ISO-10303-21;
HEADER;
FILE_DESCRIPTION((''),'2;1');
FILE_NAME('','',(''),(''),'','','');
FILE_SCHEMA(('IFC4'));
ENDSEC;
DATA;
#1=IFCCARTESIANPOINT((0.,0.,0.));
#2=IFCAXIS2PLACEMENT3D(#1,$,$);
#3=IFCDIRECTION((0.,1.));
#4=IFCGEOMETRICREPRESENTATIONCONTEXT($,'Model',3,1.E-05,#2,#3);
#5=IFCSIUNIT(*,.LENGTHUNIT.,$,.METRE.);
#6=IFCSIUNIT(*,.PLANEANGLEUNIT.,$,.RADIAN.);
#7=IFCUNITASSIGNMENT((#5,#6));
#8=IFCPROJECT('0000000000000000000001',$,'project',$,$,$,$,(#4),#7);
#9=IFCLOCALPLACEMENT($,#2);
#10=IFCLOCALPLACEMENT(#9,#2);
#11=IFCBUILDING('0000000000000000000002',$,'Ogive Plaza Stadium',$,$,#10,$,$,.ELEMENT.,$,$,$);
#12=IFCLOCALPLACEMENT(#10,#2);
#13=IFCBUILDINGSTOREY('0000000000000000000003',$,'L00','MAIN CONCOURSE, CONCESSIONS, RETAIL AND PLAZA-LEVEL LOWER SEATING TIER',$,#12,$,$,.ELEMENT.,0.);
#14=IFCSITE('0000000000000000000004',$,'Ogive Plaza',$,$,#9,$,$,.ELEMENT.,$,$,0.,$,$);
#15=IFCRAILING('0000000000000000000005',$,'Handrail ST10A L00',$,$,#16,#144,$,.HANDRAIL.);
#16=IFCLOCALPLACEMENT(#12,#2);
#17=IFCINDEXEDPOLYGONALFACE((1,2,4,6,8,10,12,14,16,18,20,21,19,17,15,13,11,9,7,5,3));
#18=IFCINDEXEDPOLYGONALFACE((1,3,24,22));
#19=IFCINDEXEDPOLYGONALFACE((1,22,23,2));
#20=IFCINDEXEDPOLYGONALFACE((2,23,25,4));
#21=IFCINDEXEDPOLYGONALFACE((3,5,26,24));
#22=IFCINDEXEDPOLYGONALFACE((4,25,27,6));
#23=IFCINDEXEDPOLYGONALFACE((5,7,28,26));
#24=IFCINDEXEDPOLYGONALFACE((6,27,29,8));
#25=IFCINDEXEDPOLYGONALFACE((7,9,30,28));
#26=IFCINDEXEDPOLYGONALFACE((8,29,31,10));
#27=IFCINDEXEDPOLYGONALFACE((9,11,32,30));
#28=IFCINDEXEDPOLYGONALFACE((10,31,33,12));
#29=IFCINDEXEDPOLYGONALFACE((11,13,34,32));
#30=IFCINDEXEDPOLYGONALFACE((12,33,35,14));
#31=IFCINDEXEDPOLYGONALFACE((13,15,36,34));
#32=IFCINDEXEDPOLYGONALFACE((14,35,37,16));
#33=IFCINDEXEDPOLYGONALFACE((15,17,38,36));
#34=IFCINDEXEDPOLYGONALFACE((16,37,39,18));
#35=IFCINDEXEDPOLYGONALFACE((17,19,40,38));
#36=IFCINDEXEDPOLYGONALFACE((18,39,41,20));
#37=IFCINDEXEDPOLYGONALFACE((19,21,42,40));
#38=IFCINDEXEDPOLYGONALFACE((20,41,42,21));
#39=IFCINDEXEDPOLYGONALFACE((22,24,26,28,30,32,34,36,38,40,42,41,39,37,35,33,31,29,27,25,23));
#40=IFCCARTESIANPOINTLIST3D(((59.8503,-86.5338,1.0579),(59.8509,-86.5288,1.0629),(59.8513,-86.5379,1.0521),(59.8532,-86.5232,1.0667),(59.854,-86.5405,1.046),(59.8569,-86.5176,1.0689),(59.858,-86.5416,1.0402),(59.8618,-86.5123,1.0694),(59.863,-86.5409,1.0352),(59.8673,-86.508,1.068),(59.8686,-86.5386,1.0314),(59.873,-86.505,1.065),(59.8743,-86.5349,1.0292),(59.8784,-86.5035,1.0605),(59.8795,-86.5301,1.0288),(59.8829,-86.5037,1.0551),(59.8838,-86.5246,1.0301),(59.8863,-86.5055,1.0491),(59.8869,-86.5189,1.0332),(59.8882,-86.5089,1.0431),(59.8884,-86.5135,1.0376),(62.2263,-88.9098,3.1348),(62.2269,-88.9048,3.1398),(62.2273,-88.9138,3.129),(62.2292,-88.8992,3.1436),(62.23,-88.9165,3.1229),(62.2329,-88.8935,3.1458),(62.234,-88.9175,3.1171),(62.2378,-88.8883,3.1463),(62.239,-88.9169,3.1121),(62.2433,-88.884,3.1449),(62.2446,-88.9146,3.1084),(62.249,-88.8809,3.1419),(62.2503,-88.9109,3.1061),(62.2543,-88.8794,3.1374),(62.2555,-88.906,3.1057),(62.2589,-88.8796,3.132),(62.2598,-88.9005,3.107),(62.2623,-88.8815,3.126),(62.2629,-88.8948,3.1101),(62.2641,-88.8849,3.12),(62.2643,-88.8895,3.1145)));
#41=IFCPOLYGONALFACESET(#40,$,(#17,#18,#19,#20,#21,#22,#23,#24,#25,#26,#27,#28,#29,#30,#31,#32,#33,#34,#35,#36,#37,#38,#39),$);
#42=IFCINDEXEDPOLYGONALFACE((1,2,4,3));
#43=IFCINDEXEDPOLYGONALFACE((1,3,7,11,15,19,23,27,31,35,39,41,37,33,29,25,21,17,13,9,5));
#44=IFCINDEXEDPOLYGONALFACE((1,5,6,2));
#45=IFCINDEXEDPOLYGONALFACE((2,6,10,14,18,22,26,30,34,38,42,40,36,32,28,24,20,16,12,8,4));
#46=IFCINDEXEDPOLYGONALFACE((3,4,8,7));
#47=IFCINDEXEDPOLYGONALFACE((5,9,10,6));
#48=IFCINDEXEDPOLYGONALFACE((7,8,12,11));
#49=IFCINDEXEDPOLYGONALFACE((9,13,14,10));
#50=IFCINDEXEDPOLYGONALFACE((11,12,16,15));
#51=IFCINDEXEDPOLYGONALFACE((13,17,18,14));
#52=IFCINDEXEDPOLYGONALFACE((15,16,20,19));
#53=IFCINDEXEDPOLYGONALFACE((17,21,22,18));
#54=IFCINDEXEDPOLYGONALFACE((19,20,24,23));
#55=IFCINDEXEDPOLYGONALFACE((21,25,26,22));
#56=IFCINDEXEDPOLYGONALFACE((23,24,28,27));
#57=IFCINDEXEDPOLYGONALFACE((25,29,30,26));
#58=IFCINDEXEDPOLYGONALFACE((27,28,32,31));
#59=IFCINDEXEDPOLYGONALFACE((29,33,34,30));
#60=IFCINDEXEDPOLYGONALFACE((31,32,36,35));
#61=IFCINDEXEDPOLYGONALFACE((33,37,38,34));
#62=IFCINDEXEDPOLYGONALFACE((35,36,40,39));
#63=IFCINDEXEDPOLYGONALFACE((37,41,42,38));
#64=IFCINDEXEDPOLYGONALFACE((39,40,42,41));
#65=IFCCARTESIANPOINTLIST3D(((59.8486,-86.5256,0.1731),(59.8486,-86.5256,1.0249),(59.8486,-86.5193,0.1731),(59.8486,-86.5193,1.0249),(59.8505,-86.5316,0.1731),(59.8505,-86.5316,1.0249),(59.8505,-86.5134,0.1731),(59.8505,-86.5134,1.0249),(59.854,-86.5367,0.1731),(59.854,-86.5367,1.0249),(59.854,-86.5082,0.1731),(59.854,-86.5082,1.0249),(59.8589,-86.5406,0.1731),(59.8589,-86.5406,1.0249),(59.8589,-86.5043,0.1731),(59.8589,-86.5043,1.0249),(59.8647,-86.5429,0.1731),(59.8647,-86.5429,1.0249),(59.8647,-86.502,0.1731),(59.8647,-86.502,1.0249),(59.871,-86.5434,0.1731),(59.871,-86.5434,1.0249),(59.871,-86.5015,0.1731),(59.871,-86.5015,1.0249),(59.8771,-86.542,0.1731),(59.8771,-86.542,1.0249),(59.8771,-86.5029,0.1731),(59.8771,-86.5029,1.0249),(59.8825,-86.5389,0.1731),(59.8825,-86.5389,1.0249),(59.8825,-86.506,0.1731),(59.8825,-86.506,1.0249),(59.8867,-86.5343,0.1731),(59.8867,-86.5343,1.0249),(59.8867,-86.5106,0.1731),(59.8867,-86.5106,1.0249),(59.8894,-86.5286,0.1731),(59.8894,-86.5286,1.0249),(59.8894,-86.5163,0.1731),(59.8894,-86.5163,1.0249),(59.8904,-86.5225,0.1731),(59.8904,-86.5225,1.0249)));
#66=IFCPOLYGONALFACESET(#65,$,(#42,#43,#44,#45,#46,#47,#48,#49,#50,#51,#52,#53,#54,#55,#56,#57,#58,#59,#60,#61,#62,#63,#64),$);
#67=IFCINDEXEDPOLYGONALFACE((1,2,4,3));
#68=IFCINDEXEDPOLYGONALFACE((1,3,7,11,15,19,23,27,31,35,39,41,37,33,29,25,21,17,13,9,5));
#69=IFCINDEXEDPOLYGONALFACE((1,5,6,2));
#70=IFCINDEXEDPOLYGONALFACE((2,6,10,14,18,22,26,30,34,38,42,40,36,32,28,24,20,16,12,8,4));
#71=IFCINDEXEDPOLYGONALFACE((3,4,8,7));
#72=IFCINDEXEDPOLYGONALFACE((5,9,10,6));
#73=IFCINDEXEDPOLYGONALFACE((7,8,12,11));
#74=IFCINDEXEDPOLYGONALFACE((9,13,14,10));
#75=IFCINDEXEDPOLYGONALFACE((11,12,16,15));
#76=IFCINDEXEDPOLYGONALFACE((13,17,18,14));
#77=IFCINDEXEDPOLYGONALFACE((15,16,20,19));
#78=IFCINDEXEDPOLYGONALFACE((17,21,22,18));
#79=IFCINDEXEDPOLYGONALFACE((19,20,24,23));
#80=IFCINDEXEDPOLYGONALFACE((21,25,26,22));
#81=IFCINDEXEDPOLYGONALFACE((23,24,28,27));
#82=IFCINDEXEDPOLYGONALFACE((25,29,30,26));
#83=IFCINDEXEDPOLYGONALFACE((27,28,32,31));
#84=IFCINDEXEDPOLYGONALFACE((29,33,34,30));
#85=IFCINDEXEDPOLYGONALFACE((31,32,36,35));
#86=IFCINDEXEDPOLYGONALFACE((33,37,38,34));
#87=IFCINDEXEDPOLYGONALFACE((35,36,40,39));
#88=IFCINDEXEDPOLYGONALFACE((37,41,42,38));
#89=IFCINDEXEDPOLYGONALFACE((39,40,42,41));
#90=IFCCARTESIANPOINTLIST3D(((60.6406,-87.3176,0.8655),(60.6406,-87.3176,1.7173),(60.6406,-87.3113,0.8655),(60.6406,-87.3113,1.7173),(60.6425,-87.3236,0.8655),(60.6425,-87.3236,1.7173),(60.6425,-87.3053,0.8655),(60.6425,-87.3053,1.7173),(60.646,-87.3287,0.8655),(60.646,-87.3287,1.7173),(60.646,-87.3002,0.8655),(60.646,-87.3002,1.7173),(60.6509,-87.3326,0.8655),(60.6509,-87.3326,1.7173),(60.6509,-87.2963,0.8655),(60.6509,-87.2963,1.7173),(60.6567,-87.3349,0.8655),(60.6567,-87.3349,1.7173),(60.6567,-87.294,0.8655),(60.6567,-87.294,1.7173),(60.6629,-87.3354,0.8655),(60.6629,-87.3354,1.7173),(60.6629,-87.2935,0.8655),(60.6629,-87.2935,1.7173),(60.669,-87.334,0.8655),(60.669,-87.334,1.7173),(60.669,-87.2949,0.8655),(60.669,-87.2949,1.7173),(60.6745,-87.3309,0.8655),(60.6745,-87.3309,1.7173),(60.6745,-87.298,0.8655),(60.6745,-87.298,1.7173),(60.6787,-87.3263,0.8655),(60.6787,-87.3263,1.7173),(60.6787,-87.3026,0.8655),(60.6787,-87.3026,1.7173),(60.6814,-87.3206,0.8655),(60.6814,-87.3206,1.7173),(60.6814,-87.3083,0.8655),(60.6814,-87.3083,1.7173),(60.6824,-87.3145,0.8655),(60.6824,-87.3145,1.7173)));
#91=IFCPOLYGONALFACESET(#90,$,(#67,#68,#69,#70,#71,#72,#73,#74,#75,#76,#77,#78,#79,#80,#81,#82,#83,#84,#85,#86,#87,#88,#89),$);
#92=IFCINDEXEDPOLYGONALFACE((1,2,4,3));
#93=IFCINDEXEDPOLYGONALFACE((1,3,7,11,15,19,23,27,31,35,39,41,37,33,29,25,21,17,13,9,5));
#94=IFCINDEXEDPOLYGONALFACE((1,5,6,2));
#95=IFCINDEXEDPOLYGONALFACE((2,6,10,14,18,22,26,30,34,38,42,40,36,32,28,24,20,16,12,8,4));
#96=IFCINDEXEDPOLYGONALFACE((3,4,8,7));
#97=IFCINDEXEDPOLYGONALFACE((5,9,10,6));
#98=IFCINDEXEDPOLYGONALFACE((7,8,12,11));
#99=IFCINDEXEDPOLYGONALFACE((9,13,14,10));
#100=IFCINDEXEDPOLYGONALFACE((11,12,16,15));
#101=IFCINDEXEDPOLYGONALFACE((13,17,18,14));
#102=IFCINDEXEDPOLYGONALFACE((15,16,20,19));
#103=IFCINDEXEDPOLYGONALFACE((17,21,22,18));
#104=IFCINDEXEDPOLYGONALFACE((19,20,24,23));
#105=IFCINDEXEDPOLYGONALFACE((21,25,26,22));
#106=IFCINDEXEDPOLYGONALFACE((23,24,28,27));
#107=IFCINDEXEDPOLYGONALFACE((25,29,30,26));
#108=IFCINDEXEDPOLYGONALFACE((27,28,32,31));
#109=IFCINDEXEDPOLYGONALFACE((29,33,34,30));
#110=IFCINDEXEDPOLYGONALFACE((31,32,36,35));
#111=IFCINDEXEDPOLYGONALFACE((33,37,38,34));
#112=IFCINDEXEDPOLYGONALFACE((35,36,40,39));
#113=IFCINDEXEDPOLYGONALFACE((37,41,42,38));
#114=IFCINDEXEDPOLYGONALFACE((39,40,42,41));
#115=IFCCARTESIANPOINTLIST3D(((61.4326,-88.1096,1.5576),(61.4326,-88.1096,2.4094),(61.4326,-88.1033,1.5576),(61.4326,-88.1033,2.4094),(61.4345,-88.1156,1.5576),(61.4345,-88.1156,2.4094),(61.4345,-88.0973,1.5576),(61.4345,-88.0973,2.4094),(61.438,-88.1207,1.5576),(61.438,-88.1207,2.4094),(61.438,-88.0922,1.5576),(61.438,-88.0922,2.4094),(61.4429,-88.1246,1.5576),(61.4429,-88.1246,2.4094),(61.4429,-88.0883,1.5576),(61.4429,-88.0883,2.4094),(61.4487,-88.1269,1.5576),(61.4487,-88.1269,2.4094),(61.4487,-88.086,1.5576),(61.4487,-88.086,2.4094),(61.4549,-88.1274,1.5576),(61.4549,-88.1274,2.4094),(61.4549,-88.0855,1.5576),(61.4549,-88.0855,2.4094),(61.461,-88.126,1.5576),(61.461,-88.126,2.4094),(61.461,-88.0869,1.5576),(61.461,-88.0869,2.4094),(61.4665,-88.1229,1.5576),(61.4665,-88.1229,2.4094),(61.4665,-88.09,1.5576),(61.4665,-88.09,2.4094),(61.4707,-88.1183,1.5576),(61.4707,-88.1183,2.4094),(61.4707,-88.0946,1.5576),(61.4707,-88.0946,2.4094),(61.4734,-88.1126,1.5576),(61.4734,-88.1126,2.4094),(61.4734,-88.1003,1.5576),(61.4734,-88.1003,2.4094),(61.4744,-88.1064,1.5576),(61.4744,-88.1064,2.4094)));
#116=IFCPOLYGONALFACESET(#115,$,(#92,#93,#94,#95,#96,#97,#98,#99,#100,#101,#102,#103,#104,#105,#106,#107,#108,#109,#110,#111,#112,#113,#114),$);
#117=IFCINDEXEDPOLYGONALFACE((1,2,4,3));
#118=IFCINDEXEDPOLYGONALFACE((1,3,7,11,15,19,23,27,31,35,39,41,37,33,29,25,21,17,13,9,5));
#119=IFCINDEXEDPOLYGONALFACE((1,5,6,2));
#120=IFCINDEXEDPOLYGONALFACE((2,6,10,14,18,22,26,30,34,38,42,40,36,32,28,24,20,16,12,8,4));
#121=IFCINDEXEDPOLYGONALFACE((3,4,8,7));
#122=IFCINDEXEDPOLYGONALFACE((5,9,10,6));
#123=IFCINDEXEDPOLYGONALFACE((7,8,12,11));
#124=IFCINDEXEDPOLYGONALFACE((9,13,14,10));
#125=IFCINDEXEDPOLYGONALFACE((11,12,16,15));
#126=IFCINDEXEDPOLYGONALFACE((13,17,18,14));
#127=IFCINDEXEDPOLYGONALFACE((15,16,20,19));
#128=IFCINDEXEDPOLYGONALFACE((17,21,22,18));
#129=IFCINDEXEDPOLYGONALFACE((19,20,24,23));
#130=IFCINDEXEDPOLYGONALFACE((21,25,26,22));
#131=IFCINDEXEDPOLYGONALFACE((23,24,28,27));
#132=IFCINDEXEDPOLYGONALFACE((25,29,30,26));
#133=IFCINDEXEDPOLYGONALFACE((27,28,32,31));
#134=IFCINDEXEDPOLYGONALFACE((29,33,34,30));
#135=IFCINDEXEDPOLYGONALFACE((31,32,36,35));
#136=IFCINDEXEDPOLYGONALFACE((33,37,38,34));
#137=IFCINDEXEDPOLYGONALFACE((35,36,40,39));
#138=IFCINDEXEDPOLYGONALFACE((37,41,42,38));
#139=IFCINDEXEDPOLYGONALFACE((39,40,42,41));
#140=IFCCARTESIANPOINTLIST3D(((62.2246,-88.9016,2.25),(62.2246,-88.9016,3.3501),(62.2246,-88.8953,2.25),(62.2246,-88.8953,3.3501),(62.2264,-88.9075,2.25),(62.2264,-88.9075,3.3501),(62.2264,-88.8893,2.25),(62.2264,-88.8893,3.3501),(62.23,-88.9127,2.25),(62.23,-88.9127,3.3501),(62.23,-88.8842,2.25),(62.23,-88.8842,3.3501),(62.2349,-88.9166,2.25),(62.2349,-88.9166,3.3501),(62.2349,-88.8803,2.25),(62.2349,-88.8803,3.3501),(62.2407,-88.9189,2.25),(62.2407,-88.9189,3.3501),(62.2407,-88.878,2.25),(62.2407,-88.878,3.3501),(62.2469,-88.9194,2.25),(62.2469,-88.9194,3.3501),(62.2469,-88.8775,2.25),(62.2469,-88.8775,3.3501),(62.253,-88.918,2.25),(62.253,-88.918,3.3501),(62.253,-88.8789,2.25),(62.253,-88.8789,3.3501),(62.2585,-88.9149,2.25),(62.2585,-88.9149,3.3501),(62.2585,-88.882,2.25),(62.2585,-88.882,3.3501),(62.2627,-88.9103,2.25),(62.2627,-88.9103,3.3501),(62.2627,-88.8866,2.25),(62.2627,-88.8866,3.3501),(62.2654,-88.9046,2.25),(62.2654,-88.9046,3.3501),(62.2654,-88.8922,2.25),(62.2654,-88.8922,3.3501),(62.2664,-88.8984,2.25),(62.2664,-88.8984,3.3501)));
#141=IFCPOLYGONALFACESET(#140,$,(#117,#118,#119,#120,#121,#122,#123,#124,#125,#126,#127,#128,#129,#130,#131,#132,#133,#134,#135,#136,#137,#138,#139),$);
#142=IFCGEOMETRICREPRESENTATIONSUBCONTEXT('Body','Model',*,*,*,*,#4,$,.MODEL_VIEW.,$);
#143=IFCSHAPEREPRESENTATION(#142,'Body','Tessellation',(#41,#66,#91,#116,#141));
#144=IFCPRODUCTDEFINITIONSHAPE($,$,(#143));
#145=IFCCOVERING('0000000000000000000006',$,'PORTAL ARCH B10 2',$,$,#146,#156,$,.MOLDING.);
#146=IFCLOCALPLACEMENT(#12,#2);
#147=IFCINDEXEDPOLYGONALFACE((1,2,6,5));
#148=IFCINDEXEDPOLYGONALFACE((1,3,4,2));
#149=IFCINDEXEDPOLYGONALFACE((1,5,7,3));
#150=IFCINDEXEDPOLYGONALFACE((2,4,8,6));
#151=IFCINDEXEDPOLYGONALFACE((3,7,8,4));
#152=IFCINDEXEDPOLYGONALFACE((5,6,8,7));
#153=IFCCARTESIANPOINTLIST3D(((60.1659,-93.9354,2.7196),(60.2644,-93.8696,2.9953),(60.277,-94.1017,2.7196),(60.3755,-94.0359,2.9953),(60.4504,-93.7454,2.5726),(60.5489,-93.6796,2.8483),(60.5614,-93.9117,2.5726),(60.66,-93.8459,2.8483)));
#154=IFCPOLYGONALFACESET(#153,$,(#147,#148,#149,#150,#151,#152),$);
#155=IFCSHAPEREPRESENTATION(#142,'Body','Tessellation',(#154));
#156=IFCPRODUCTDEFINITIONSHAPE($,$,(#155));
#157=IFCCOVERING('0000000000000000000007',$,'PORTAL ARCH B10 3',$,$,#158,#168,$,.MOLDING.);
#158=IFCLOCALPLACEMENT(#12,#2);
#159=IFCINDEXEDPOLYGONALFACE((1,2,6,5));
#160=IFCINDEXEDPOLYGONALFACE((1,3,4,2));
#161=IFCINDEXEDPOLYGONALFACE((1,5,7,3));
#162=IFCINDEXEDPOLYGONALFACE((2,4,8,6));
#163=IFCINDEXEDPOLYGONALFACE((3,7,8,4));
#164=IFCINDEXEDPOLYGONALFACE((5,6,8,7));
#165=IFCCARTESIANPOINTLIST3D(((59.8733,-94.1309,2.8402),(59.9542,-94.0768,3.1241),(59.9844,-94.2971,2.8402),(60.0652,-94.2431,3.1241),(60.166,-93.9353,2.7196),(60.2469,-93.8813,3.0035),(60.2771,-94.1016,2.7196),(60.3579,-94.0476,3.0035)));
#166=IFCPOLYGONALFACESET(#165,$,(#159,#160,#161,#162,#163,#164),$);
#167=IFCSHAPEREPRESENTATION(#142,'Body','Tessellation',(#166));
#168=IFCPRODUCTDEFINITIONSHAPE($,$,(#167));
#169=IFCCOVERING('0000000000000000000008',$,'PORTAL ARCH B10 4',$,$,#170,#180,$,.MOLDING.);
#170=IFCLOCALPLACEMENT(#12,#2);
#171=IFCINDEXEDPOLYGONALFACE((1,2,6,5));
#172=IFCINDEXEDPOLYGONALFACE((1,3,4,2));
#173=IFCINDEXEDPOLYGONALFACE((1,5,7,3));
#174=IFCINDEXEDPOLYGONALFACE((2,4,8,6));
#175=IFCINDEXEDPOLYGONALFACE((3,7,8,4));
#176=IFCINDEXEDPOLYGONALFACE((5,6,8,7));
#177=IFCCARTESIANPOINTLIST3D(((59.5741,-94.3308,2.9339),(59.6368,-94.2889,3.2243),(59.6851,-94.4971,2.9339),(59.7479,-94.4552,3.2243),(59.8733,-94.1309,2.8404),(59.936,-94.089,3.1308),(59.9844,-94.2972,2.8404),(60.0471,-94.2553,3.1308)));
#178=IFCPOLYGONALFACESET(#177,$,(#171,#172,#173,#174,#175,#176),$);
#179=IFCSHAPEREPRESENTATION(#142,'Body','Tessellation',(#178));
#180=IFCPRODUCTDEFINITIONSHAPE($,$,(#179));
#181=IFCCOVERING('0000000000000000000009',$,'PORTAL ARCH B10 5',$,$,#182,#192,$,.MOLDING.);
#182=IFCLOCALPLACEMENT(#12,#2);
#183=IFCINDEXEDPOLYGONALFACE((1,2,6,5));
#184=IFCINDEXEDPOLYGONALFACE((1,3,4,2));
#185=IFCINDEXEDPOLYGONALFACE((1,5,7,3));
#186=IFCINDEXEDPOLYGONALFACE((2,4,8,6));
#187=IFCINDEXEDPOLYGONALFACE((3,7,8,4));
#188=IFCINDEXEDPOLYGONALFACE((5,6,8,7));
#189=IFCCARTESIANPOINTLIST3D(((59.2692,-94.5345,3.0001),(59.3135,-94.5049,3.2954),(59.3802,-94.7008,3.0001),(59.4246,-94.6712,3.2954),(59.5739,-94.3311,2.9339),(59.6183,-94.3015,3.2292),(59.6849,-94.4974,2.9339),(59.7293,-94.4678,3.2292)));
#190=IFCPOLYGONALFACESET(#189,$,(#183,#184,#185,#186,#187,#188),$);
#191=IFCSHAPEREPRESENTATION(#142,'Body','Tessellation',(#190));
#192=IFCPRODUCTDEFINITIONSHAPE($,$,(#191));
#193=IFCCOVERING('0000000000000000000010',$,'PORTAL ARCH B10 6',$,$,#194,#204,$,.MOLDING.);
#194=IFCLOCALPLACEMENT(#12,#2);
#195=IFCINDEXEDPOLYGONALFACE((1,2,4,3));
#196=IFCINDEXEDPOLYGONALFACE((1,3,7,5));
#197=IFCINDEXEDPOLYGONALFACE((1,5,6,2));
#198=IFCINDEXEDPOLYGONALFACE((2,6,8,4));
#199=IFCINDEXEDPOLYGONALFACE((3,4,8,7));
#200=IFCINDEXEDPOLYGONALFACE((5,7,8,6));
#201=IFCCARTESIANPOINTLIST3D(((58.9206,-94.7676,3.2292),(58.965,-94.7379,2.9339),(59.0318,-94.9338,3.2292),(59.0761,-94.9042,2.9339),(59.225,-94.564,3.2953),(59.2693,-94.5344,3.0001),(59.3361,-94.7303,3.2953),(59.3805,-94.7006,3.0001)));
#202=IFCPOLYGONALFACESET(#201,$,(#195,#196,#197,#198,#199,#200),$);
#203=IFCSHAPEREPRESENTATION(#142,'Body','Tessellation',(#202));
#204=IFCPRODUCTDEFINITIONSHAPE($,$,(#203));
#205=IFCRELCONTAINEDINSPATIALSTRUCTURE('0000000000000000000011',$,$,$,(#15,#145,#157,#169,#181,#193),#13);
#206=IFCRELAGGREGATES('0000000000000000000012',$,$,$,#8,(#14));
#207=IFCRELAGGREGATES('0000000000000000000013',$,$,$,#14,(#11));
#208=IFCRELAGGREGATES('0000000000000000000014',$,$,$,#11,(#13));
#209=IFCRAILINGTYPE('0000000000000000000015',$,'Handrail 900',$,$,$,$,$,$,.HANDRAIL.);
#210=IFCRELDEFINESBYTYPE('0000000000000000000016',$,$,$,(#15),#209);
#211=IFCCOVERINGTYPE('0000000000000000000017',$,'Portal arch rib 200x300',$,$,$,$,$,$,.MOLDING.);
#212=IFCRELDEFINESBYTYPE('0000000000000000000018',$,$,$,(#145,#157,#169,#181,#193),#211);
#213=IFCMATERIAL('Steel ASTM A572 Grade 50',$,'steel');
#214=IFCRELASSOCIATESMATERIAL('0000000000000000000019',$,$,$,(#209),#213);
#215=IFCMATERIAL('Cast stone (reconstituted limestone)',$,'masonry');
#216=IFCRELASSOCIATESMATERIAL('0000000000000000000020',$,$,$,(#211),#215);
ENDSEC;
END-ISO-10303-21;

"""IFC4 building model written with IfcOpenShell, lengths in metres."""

from ifc_helpers import new_model, si_unit, direction, frame, origin, origin_2d, place, context, subcontext, project, spatial, rectangle, circle, extrude, material, material_profile, profile_set, type_object, element, save


model = new_model("IFC4")

# Units and contexts
model_context = context("Model", 3, precision=1e-05, world=origin(), true_north=direction((0.0, 1.0)))
body_context = subcontext(model_context, "Body", "Model", "MODEL_VIEW")
ifc_project = project(units=[si_unit("LENGTHUNIT", "METRE"), si_unit("PLANEANGLEUNIT", "RADIAN")], contexts=[model_context])

# Site, building, storey
site_placement = place(None, origin())
site = spatial("IfcSite", under=ifc_project, at=site_placement, Name="Ogive Plaza", CompositionType="ELEMENT", RefElevation=0.0)
building_placement = place(site_placement, origin())
building = spatial("IfcBuilding", under=site, at=building_placement, Name="Ogive Plaza Stadium", CompositionType="ELEMENT")
storey_placement = place(building_placement, origin())
storey = spatial("IfcBuildingStorey", under=building, at=storey_placement, Name="L00", Description="MAIN CONCOURSE, CONCESSIONS, RETAIL AND PLAZA-LEVEL LOWER SEATING TIER", CompositionType="ELEMENT", Elevation=0.0)

# Railing
ifc_material_1 = material(Name="Steel ASTM A572 Grade 50", Category="steel")
railing_type = type_object("IfcRailingType", Name="Handrail 900", PredefinedType="HANDRAIL", material=ifc_material_1)
railing_placement = place(storey_placement, frame((59.8694, -86.5225, 0.1731)))
element("IfcRailing", 1, at=railing_placement, inside=storey, type_object=railing_type, Name="Handrail ST10A L00", PredefinedType="HANDRAIL", context=body_context, shape_type="SweptSolid", body=[
    extrude(circle(Radius=0.0239, at=origin_2d()), frame((0.0, 0.0, 0.876), z_axis=(0.601483, -0.601483, 0.525772), x_axis=(0.707107, 0.707107, 0.0)), (0.0, 0.0, 1.0), 3.9502),
    extrude(circle(Radius=0.021, at=origin_2d()), origin(), (0.0, 0.0, 1.0), 0.8518),
    extrude(circle(Radius=0.021, at=origin_2d()), frame((0.792, -0.792, 0.6924)), (0.0, 0.0, 1.0), 0.8518),
    extrude(circle(Radius=0.021, at=origin_2d()), frame((1.584, -1.584, 1.3845)), (0.0, 0.0, 1.0), 0.8518),
    extrude(circle(Radius=0.021, at=origin_2d()), frame((2.376, -2.376, 2.0769)), (0.0, 0.0, 1.0), 1.1001),
])

# Coverings
ifc_material_2 = material(Name="Cast stone (reconstituted limestone)", Category="masonry")
ifc_material_profile_1 = material_profile(ifc_material_2, rectangle(XDim=0.2, YDim=0.3, at=origin_2d()), Name="Cast stone 200x300")
ifc_profile_set_1 = profile_set([ifc_material_profile_1], Name="Cast stone (reconstituted limestone)")
covering_type = type_object("IfcCoveringType", Name="Portal arch rib 200x300", PredefinedType="MOLDING", material=ifc_profile_set_1)
covering_1_placement = place(storey_placement, frame((60.5552, -93.7957, 2.7104), z_axis=(-0.764051, -0.510242, 0.394815), x_axis=(0.555359, -0.831611, 0.0)))
element("IfcCovering", 2, at=covering_1_placement, inside=storey, type_object=covering_type, Name="PORTAL ARCH B10 2", PredefinedType="MOLDING", context=body_context, shape_type="SweptSolid", body=[
    extrude(rectangle(XDim=0.2, YDim=0.3, at=origin_2d()), origin(), (0.0, 0.0, 1.0), 0.3723),
])
covering_2_placement = place(storey_placement, frame((60.262, -93.9915, 2.8616), z_axis=(-0.786633, -0.525516, 0.324101), x_axis=(0.5555, -0.831516, 0.0)))
element("IfcCovering", 3, at=covering_2_placement, inside=storey, type_object=covering_type, Name="PORTAL ARCH B10 3", PredefinedType="MOLDING", context=body_context, shape_type="SweptSolid", body=[
    extrude(rectangle(XDim=0.2, YDim=0.3, at=origin_2d()), origin(), (0.0, 0.0, 1.0), 0.3721),
])
covering_3_placement = place(storey_placement, frame((59.9602, -94.1931, 2.9856), z_axis=(-0.804817, -0.537639, 0.251423), x_axis=(0.555483, -0.831528, 0.0)))
element("IfcCovering", 4, at=covering_3_placement, inside=storey, type_object=covering_type, Name="PORTAL ARCH B10 4", PredefinedType="MOLDING", context=body_context, shape_type="SweptSolid", body=[
    extrude(rectangle(XDim=0.2, YDim=0.3, at=origin_2d()), origin(), (0.0, 0.0, 1.0), 0.3718),
])
covering_4_placement = place(storey_placement, frame((59.6516, -94.3994, 3.0815), z_axis=(-0.8185, -0.546322, 0.177735), x_axis=(0.555162, -0.831743, 0.0)))
element("IfcCovering", 5, at=covering_4_placement, inside=storey, type_object=covering_type, Name="PORTAL ARCH B10 5", PredefinedType="MOLDING", context=body_context, shape_type="SweptSolid", body=[
    extrude(rectangle(XDim=0.2, YDim=0.3, at=origin_2d()), origin(), (0.0, 0.0, 1.0), 0.3723),
])
covering_5_placement = place(storey_placement, frame((59.3027, -94.6323, 3.1477), z_axis=(-0.81799, -0.547076, -0.177767), x_axis=(0.55593, -0.831229, 0.0)))
element("IfcCovering", 6, at=covering_5_placement, inside=storey, type_object=covering_type, Name="PORTAL ARCH B10 6", PredefinedType="MOLDING", context=body_context, shape_type="SweptSolid", body=[
    extrude(rectangle(XDim=0.2, YDim=0.3, at=origin_2d()), origin(), (0.0, 0.0, 1.0), 0.3721),
])

save(model, "model.ifc")
